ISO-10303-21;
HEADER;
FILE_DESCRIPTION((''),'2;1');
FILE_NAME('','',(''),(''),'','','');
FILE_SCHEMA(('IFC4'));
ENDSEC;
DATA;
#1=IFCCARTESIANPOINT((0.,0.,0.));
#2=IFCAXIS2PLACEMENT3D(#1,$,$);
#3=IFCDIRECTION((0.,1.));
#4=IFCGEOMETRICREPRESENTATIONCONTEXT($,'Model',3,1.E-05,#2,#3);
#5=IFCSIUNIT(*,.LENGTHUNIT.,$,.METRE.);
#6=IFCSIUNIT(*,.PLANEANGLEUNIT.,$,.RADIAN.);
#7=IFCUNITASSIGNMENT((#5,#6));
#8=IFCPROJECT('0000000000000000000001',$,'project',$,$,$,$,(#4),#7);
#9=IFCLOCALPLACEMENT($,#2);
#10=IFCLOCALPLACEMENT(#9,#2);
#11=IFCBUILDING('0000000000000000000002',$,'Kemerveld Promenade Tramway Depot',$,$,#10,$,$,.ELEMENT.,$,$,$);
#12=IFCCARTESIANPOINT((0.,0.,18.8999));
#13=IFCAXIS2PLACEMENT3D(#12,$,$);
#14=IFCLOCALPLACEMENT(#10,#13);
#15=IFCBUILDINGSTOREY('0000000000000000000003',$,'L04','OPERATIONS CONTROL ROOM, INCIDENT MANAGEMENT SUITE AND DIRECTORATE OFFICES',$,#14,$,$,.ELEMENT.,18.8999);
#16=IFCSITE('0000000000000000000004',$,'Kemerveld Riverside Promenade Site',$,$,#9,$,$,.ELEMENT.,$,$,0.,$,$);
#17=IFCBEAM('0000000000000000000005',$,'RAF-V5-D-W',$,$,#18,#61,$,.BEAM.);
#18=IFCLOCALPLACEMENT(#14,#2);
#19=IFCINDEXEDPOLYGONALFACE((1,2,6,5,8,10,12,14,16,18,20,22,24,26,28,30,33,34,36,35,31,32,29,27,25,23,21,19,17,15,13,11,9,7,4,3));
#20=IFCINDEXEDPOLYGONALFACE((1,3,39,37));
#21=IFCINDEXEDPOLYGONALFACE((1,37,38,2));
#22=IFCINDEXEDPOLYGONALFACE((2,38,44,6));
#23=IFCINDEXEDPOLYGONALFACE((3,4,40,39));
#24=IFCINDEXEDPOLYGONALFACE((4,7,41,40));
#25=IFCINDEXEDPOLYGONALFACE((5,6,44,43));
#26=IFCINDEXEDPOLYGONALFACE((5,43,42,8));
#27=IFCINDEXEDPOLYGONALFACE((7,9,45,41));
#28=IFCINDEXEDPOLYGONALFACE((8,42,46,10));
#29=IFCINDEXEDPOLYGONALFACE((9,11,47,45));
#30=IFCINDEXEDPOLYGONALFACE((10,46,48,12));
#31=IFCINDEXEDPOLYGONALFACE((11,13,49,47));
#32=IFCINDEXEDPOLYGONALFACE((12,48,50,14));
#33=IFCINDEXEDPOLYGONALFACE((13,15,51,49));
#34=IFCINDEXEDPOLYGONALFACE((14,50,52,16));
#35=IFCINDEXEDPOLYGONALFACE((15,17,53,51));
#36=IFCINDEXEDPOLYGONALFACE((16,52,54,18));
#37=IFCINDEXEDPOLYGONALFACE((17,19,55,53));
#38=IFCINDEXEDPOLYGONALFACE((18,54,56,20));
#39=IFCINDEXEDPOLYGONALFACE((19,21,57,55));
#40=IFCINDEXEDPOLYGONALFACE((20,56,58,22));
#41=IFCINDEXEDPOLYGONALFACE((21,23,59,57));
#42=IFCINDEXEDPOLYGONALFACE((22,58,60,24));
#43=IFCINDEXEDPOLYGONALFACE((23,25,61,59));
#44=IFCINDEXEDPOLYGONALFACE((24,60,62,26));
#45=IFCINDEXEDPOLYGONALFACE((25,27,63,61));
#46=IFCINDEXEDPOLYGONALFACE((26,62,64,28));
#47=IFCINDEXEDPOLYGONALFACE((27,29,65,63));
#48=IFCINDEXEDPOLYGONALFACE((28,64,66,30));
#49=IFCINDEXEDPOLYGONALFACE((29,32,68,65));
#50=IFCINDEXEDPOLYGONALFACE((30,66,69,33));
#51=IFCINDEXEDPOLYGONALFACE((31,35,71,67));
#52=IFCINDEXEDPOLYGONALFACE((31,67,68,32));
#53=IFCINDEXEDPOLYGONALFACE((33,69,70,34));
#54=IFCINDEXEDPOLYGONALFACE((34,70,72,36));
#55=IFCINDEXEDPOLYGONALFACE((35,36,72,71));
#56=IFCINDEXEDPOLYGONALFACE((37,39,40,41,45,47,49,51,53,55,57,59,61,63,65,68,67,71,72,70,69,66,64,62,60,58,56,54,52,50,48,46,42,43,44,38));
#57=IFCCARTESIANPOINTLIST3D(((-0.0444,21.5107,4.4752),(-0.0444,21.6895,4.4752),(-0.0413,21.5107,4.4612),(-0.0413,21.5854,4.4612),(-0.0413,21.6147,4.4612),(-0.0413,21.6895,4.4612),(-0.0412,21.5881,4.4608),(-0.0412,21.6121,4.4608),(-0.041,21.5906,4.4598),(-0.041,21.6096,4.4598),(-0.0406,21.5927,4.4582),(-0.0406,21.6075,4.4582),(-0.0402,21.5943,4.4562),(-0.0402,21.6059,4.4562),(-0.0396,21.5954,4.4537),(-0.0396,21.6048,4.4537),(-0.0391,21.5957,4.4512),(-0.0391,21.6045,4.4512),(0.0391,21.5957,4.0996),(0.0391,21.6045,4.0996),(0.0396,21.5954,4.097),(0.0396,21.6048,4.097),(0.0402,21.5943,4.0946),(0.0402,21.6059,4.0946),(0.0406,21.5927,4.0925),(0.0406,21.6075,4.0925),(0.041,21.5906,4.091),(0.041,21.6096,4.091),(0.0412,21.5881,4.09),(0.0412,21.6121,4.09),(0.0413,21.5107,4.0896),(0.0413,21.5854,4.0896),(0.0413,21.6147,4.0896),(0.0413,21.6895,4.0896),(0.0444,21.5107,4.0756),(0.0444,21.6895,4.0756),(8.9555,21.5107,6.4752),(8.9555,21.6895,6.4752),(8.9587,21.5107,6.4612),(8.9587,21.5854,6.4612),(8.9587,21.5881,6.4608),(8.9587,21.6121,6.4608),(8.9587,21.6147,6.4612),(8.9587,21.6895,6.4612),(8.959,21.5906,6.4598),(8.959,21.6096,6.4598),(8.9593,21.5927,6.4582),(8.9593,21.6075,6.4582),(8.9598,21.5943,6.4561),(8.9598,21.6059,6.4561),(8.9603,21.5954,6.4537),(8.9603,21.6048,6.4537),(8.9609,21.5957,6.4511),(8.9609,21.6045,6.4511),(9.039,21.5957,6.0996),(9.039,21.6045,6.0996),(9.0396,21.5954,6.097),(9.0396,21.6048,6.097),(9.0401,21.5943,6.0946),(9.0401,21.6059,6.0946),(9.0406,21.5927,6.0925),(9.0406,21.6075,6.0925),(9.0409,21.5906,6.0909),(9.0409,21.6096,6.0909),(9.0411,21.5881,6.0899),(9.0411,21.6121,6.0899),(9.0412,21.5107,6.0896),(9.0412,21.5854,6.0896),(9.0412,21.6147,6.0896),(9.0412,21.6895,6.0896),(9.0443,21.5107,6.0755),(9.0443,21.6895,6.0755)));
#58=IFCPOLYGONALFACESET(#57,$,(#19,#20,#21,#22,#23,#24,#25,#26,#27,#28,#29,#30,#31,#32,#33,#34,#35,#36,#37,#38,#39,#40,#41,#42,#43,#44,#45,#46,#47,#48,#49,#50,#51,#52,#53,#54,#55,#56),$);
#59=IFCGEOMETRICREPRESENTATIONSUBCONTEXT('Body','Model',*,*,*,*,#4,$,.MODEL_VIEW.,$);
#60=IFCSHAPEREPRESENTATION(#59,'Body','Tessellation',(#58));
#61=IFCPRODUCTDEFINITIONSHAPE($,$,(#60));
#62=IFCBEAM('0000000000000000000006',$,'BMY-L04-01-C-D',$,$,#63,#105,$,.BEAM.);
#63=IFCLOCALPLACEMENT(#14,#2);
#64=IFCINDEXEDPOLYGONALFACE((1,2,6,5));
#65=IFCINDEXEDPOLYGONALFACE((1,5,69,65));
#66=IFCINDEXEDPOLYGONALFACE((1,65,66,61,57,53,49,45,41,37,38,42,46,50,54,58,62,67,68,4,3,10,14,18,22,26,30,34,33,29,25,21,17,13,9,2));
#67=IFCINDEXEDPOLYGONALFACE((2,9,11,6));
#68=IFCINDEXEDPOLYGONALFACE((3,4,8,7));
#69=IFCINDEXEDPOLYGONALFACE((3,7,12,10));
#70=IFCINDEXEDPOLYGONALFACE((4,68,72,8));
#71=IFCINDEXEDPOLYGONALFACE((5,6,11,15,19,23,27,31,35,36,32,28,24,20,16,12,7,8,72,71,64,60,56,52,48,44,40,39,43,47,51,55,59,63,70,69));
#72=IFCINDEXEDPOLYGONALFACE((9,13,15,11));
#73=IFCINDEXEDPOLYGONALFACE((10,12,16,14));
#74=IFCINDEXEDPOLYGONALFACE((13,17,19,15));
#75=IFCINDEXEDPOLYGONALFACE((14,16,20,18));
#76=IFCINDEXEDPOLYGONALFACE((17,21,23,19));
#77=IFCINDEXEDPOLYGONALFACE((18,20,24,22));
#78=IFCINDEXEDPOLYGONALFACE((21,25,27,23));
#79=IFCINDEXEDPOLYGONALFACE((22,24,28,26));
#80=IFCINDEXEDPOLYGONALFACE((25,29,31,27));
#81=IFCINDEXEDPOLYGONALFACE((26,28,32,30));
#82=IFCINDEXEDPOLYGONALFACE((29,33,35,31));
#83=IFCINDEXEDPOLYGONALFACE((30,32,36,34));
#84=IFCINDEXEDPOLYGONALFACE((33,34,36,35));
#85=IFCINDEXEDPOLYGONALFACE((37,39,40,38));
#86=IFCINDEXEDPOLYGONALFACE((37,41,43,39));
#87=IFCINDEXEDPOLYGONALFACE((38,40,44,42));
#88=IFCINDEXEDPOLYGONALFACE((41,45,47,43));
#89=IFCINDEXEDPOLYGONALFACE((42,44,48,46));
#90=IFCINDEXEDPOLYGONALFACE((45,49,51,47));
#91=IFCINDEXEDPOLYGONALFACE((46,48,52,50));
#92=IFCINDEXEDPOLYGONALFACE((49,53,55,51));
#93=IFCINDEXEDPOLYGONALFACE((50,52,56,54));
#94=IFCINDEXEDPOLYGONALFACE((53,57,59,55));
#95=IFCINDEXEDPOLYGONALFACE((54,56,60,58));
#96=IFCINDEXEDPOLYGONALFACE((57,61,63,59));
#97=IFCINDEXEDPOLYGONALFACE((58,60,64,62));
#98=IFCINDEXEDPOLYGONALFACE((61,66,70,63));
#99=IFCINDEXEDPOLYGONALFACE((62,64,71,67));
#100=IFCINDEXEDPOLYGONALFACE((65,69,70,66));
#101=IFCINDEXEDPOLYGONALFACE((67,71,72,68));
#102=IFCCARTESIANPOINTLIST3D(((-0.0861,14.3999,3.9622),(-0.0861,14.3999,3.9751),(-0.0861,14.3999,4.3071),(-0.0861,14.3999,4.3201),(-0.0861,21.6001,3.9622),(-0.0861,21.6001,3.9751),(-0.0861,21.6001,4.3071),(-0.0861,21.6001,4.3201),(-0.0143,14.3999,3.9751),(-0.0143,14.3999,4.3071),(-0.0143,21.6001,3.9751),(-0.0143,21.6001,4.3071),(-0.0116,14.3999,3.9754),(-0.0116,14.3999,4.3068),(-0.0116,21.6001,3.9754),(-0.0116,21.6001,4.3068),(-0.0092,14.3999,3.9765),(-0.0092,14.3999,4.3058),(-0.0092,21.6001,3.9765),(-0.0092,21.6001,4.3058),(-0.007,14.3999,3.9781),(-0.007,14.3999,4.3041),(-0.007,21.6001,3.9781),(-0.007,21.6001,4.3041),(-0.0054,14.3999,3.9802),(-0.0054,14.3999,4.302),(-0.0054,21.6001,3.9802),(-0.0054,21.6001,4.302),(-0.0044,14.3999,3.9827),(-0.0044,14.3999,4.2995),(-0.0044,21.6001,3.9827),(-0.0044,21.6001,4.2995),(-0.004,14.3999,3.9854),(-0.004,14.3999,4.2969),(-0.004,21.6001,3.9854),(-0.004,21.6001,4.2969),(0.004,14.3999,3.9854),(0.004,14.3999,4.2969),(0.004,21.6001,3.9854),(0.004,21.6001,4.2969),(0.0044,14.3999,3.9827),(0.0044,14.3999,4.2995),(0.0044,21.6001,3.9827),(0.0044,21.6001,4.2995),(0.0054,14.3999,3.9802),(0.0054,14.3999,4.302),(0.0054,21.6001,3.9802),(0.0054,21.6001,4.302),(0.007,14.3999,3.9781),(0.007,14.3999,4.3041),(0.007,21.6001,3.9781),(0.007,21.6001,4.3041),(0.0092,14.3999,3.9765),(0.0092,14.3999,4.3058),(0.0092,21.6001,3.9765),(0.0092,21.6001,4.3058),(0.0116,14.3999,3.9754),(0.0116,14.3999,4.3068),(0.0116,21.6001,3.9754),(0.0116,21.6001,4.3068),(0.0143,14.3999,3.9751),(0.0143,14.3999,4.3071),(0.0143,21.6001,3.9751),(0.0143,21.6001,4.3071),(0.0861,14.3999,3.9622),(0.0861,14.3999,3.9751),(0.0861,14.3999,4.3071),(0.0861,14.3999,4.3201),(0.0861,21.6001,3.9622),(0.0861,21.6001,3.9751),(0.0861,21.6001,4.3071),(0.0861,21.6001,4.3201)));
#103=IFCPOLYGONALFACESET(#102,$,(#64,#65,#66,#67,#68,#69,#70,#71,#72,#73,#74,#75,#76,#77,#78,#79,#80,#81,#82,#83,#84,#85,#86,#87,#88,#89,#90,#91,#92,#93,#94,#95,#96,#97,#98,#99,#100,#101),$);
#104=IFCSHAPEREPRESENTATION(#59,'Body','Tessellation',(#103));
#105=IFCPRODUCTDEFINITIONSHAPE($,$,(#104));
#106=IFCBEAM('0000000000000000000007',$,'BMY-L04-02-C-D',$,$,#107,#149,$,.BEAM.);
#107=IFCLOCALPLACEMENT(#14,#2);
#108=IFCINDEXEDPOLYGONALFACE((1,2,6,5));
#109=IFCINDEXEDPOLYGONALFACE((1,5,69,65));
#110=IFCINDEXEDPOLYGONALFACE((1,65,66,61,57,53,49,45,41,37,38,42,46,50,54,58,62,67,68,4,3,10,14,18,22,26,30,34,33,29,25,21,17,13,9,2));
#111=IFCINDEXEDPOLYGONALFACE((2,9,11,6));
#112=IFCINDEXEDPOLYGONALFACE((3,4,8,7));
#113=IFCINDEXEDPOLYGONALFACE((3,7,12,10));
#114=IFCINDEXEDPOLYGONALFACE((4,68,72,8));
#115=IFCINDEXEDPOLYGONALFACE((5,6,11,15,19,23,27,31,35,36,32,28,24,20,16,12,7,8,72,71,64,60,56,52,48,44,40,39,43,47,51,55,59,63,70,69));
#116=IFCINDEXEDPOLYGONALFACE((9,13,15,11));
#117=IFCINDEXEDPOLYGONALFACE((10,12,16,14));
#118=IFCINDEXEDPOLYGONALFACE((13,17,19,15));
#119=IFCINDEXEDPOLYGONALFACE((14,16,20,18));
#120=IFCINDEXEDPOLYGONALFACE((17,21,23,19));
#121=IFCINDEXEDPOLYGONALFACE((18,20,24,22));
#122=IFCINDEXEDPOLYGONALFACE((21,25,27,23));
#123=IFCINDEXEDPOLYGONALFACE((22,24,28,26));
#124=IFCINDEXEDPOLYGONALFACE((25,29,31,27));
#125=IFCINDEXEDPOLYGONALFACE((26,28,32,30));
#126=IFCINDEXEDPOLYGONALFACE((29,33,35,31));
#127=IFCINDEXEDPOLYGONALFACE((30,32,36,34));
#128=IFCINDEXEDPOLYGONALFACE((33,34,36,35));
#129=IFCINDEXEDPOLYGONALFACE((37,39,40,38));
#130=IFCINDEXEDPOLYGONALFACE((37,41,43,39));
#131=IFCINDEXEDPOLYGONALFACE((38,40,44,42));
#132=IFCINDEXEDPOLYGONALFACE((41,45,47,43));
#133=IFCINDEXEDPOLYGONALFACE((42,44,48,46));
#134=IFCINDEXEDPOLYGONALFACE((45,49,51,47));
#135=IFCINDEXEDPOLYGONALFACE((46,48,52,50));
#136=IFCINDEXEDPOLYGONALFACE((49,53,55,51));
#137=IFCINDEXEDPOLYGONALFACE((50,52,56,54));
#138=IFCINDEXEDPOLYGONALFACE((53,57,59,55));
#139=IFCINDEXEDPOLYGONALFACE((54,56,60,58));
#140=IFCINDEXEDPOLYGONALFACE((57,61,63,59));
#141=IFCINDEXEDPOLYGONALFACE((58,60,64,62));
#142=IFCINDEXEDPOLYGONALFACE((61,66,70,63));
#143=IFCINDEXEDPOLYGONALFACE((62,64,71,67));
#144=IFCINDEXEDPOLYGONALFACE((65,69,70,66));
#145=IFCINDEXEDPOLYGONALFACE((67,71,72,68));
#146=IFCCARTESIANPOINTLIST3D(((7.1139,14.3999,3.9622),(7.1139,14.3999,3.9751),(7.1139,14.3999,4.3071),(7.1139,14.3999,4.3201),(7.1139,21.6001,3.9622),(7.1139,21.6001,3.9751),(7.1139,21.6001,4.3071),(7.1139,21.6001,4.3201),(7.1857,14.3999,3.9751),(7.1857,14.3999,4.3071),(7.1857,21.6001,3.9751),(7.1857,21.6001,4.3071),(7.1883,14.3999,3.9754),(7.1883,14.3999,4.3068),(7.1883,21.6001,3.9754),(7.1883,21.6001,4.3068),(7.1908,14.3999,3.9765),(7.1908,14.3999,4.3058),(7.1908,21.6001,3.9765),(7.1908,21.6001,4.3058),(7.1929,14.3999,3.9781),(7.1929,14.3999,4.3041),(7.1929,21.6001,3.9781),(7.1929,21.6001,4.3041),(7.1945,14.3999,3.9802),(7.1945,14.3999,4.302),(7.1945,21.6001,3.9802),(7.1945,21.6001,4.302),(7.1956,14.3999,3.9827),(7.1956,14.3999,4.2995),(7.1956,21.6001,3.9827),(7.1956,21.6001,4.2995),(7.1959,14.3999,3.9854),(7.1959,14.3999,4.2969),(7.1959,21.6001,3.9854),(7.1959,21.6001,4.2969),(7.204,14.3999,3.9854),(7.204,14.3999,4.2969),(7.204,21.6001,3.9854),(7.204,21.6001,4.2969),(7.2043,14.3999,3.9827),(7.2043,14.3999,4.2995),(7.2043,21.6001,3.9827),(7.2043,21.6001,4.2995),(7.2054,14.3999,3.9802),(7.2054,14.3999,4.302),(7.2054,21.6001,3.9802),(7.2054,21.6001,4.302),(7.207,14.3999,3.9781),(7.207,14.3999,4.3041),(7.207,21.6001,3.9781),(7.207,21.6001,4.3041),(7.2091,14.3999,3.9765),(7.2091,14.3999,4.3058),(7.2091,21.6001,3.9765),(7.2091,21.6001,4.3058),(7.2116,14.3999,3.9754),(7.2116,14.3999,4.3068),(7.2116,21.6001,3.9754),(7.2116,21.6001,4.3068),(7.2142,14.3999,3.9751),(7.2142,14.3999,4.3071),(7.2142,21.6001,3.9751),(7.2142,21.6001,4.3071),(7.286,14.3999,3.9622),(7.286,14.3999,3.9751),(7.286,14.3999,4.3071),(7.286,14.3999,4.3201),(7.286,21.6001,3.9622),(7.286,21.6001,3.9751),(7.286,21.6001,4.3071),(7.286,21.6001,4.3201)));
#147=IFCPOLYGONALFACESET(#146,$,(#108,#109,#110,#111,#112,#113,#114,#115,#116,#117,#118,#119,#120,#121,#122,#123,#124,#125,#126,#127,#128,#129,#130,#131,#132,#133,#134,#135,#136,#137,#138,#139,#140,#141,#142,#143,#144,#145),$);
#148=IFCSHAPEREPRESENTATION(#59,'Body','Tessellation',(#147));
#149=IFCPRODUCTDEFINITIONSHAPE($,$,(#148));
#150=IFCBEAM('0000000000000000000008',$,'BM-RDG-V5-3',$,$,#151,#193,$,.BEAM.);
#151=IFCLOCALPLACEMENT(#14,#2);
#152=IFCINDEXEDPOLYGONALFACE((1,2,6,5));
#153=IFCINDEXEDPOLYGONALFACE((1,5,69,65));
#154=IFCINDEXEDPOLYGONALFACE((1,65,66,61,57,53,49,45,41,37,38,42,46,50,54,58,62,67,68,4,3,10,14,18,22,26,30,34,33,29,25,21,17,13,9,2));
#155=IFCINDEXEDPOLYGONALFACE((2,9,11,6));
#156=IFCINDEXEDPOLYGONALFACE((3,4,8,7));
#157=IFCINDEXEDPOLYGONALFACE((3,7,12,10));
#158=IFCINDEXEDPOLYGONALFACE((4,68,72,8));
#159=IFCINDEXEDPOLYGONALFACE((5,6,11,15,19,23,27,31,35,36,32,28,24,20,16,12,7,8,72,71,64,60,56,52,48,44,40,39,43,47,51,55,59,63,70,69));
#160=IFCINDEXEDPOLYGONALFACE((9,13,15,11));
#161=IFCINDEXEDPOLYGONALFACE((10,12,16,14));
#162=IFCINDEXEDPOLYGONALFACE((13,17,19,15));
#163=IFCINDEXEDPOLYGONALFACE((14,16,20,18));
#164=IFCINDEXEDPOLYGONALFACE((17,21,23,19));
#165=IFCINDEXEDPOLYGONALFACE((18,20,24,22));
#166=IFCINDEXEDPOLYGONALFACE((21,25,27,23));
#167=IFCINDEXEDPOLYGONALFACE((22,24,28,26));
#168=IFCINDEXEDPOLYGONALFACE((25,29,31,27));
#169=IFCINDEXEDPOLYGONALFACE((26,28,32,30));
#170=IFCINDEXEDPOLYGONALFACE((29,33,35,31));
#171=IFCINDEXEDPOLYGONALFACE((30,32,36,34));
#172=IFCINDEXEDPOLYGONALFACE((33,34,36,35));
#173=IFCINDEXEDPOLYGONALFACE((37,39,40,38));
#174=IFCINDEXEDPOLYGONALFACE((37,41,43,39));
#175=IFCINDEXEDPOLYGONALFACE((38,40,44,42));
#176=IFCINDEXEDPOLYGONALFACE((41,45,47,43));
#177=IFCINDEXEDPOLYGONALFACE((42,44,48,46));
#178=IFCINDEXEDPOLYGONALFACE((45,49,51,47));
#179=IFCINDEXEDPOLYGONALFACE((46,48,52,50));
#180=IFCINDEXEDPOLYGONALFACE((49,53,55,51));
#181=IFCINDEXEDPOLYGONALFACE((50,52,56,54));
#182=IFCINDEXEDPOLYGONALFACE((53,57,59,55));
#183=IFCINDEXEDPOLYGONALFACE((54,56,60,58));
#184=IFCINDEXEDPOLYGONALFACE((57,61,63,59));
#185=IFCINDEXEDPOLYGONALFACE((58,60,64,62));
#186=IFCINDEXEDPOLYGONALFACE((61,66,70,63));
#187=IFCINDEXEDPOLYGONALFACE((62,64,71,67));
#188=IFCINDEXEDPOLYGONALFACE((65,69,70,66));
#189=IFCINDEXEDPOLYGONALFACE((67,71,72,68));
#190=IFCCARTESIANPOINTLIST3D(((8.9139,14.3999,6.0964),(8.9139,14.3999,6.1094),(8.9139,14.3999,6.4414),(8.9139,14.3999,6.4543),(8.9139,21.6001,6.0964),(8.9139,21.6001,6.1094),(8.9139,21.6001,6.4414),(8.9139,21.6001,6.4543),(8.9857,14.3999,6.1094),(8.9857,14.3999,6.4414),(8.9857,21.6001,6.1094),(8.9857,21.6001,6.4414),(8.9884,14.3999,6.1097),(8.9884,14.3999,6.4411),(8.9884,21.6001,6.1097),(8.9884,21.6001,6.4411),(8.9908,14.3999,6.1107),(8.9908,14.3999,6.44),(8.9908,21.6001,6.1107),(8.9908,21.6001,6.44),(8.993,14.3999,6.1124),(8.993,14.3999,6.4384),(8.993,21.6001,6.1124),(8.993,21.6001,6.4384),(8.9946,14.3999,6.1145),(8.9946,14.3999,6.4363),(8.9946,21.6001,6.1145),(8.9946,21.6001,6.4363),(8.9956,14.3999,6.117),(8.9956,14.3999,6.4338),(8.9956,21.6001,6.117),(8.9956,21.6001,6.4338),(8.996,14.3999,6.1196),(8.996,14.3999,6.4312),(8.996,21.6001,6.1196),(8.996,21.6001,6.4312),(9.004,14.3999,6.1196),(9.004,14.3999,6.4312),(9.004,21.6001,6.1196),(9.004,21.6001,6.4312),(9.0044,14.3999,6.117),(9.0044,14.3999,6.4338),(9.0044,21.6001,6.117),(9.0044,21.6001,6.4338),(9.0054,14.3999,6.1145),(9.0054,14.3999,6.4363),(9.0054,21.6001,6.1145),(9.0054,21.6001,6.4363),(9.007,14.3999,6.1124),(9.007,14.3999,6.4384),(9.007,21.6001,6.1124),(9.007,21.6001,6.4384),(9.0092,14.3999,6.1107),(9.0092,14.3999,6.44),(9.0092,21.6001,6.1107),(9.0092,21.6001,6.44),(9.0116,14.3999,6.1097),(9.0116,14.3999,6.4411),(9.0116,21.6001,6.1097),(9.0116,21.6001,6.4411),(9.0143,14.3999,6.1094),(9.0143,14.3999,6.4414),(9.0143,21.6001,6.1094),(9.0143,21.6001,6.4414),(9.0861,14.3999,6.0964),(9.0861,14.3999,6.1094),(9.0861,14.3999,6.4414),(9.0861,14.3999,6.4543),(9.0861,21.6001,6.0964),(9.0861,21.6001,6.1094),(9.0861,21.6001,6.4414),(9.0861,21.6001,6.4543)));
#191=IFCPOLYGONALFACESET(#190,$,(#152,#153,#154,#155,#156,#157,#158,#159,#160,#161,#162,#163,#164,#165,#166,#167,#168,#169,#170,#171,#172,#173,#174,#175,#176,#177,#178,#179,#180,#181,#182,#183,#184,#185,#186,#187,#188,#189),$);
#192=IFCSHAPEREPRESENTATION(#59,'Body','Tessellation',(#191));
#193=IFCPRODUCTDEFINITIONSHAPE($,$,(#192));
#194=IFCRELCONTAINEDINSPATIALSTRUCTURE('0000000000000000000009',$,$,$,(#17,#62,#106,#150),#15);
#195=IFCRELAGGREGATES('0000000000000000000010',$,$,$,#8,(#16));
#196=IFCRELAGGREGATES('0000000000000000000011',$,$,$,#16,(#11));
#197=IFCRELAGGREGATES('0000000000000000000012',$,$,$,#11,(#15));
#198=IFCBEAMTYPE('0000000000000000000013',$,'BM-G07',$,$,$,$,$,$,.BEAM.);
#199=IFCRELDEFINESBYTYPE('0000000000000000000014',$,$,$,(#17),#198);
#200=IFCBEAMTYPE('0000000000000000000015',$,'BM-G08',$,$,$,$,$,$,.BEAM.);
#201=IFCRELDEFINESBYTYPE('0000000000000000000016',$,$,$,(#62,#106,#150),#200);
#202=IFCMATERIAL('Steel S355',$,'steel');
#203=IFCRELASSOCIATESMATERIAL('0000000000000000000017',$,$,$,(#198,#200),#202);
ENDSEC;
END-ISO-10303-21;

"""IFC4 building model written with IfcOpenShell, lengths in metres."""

from ifc_helpers import new_model, si_unit, direction, frame, origin, origin_2d, place, context, subcontext, project, spatial, i_section, extrude, material, material_profile, profile_set, type_object, element, save


model = new_model("IFC4")

# Units and contexts
model_context = context("Model", 3, precision=1e-05, world=origin(), true_north=direction((0.0, 1.0)))
body_context = subcontext(model_context, "Body", "Model", "MODEL_VIEW")
ifc_project = project(units=[si_unit("LENGTHUNIT", "METRE"), si_unit("PLANEANGLEUNIT", "RADIAN")], contexts=[model_context])

# Site, building, storey
site_placement = place(None, origin())
site = spatial("IfcSite", under=ifc_project, at=site_placement, Name="Kemerveld Riverside Promenade Site", CompositionType="ELEMENT", RefElevation=0.0)
building_placement = place(site_placement, origin())
building = spatial("IfcBuilding", under=site, at=building_placement, Name="Kemerveld Promenade Tramway Depot", CompositionType="ELEMENT")
storey_placement = place(building_placement, frame((0.0, 0.0, 18.8999)))
storey = spatial("IfcBuildingStorey", under=building, at=storey_placement, Name="L04", Description="OPERATIONS CONTROL ROOM, INCIDENT MANAGEMENT SUITE AND DIRECTORATE OFFICES", CompositionType="ELEMENT", Elevation=18.8999)

# Shared definitions
ifc_material_1 = material(Name="Steel S355", Category="steel")

# Beams
ifc_material_profile_1 = material_profile(ifc_material_1, i_section(OverallWidth=0.1787, OverallDepth=0.4094, WebThickness=0.0088, FlangeThickness=0.0144, FilletRadius=0.0103, at=origin_2d()), Name="406x178x67 UB")
ifc_profile_set_1 = profile_set([ifc_material_profile_1], Name="Steel S355")
beam_type_1 = type_object("IfcBeamType", Name="BM-G07", PredefinedType="BEAM", material=ifc_profile_set_1)
for number, where, z_axis, x_axis, name in (
    (1, (0.0, 21.6001, 4.2754), (0.976187, 0.0, 0.21693), (0.0, 1.0, 0.0), "RAF-V5-D-W"),
):
    element("IfcBeam", number, at=place(storey_placement, frame(where, z_axis=z_axis, x_axis=x_axis)), inside=storey, type_object=beam_type_1, Name=name, PredefinedType="BEAM", context=body_context, shape_type="SweptSolid", body=[
        extrude(i_section(OverallWidth=0.1787, OverallDepth=0.4094, WebThickness=0.0088, FlangeThickness=0.0144, FilletRadius=0.0103, at=origin_2d()), origin(), (0.0, 0.0, 1.0), 9.2195),
    ])
ifc_material_profile_2 = material_profile(ifc_material_1, i_section(OverallWidth=0.1721, OverallDepth=0.3579, WebThickness=0.0081, FlangeThickness=0.0129, FilletRadius=0.0103, at=origin_2d()), Name="356x171x57 UB")
ifc_profile_set_2 = profile_set([ifc_material_profile_2], Name="Steel S355")
beam_type_2 = type_object("IfcBeamType", Name="BM-G08", PredefinedType="BEAM", material=ifc_profile_set_2)
for number, where, z_axis, x_axis, name in (
    (2, (0.0, 14.3999, 4.1411), (0.0, 1.0, 0.0), (-1.0, 0.0, 0.0), "BMY-L04-01-C-D"),
    (3, (7.2, 14.3999, 4.1411), (0.0, 1.0, 0.0), (-1.0, 0.0, 0.0), "BMY-L04-02-C-D"),
    (4, (9.0, 14.3999, 6.2754), (0.0, 1.0, 0.0), (-1.0, 0.0, 0.0), "BM-RDG-V5-3"),
):
    element("IfcBeam", number, at=place(storey_placement, frame(where, z_axis=z_axis, x_axis=x_axis)), inside=storey, type_object=beam_type_2, Name=name, PredefinedType="BEAM", context=body_context, shape_type="SweptSolid", body=[
        extrude(i_section(OverallWidth=0.1721, OverallDepth=0.3579, WebThickness=0.0081, FlangeThickness=0.0129, FilletRadius=0.0103, at=origin_2d()), origin(), (0.0, 0.0, 1.0), 7.2002),
    ])

save(model, "model.ifc")
